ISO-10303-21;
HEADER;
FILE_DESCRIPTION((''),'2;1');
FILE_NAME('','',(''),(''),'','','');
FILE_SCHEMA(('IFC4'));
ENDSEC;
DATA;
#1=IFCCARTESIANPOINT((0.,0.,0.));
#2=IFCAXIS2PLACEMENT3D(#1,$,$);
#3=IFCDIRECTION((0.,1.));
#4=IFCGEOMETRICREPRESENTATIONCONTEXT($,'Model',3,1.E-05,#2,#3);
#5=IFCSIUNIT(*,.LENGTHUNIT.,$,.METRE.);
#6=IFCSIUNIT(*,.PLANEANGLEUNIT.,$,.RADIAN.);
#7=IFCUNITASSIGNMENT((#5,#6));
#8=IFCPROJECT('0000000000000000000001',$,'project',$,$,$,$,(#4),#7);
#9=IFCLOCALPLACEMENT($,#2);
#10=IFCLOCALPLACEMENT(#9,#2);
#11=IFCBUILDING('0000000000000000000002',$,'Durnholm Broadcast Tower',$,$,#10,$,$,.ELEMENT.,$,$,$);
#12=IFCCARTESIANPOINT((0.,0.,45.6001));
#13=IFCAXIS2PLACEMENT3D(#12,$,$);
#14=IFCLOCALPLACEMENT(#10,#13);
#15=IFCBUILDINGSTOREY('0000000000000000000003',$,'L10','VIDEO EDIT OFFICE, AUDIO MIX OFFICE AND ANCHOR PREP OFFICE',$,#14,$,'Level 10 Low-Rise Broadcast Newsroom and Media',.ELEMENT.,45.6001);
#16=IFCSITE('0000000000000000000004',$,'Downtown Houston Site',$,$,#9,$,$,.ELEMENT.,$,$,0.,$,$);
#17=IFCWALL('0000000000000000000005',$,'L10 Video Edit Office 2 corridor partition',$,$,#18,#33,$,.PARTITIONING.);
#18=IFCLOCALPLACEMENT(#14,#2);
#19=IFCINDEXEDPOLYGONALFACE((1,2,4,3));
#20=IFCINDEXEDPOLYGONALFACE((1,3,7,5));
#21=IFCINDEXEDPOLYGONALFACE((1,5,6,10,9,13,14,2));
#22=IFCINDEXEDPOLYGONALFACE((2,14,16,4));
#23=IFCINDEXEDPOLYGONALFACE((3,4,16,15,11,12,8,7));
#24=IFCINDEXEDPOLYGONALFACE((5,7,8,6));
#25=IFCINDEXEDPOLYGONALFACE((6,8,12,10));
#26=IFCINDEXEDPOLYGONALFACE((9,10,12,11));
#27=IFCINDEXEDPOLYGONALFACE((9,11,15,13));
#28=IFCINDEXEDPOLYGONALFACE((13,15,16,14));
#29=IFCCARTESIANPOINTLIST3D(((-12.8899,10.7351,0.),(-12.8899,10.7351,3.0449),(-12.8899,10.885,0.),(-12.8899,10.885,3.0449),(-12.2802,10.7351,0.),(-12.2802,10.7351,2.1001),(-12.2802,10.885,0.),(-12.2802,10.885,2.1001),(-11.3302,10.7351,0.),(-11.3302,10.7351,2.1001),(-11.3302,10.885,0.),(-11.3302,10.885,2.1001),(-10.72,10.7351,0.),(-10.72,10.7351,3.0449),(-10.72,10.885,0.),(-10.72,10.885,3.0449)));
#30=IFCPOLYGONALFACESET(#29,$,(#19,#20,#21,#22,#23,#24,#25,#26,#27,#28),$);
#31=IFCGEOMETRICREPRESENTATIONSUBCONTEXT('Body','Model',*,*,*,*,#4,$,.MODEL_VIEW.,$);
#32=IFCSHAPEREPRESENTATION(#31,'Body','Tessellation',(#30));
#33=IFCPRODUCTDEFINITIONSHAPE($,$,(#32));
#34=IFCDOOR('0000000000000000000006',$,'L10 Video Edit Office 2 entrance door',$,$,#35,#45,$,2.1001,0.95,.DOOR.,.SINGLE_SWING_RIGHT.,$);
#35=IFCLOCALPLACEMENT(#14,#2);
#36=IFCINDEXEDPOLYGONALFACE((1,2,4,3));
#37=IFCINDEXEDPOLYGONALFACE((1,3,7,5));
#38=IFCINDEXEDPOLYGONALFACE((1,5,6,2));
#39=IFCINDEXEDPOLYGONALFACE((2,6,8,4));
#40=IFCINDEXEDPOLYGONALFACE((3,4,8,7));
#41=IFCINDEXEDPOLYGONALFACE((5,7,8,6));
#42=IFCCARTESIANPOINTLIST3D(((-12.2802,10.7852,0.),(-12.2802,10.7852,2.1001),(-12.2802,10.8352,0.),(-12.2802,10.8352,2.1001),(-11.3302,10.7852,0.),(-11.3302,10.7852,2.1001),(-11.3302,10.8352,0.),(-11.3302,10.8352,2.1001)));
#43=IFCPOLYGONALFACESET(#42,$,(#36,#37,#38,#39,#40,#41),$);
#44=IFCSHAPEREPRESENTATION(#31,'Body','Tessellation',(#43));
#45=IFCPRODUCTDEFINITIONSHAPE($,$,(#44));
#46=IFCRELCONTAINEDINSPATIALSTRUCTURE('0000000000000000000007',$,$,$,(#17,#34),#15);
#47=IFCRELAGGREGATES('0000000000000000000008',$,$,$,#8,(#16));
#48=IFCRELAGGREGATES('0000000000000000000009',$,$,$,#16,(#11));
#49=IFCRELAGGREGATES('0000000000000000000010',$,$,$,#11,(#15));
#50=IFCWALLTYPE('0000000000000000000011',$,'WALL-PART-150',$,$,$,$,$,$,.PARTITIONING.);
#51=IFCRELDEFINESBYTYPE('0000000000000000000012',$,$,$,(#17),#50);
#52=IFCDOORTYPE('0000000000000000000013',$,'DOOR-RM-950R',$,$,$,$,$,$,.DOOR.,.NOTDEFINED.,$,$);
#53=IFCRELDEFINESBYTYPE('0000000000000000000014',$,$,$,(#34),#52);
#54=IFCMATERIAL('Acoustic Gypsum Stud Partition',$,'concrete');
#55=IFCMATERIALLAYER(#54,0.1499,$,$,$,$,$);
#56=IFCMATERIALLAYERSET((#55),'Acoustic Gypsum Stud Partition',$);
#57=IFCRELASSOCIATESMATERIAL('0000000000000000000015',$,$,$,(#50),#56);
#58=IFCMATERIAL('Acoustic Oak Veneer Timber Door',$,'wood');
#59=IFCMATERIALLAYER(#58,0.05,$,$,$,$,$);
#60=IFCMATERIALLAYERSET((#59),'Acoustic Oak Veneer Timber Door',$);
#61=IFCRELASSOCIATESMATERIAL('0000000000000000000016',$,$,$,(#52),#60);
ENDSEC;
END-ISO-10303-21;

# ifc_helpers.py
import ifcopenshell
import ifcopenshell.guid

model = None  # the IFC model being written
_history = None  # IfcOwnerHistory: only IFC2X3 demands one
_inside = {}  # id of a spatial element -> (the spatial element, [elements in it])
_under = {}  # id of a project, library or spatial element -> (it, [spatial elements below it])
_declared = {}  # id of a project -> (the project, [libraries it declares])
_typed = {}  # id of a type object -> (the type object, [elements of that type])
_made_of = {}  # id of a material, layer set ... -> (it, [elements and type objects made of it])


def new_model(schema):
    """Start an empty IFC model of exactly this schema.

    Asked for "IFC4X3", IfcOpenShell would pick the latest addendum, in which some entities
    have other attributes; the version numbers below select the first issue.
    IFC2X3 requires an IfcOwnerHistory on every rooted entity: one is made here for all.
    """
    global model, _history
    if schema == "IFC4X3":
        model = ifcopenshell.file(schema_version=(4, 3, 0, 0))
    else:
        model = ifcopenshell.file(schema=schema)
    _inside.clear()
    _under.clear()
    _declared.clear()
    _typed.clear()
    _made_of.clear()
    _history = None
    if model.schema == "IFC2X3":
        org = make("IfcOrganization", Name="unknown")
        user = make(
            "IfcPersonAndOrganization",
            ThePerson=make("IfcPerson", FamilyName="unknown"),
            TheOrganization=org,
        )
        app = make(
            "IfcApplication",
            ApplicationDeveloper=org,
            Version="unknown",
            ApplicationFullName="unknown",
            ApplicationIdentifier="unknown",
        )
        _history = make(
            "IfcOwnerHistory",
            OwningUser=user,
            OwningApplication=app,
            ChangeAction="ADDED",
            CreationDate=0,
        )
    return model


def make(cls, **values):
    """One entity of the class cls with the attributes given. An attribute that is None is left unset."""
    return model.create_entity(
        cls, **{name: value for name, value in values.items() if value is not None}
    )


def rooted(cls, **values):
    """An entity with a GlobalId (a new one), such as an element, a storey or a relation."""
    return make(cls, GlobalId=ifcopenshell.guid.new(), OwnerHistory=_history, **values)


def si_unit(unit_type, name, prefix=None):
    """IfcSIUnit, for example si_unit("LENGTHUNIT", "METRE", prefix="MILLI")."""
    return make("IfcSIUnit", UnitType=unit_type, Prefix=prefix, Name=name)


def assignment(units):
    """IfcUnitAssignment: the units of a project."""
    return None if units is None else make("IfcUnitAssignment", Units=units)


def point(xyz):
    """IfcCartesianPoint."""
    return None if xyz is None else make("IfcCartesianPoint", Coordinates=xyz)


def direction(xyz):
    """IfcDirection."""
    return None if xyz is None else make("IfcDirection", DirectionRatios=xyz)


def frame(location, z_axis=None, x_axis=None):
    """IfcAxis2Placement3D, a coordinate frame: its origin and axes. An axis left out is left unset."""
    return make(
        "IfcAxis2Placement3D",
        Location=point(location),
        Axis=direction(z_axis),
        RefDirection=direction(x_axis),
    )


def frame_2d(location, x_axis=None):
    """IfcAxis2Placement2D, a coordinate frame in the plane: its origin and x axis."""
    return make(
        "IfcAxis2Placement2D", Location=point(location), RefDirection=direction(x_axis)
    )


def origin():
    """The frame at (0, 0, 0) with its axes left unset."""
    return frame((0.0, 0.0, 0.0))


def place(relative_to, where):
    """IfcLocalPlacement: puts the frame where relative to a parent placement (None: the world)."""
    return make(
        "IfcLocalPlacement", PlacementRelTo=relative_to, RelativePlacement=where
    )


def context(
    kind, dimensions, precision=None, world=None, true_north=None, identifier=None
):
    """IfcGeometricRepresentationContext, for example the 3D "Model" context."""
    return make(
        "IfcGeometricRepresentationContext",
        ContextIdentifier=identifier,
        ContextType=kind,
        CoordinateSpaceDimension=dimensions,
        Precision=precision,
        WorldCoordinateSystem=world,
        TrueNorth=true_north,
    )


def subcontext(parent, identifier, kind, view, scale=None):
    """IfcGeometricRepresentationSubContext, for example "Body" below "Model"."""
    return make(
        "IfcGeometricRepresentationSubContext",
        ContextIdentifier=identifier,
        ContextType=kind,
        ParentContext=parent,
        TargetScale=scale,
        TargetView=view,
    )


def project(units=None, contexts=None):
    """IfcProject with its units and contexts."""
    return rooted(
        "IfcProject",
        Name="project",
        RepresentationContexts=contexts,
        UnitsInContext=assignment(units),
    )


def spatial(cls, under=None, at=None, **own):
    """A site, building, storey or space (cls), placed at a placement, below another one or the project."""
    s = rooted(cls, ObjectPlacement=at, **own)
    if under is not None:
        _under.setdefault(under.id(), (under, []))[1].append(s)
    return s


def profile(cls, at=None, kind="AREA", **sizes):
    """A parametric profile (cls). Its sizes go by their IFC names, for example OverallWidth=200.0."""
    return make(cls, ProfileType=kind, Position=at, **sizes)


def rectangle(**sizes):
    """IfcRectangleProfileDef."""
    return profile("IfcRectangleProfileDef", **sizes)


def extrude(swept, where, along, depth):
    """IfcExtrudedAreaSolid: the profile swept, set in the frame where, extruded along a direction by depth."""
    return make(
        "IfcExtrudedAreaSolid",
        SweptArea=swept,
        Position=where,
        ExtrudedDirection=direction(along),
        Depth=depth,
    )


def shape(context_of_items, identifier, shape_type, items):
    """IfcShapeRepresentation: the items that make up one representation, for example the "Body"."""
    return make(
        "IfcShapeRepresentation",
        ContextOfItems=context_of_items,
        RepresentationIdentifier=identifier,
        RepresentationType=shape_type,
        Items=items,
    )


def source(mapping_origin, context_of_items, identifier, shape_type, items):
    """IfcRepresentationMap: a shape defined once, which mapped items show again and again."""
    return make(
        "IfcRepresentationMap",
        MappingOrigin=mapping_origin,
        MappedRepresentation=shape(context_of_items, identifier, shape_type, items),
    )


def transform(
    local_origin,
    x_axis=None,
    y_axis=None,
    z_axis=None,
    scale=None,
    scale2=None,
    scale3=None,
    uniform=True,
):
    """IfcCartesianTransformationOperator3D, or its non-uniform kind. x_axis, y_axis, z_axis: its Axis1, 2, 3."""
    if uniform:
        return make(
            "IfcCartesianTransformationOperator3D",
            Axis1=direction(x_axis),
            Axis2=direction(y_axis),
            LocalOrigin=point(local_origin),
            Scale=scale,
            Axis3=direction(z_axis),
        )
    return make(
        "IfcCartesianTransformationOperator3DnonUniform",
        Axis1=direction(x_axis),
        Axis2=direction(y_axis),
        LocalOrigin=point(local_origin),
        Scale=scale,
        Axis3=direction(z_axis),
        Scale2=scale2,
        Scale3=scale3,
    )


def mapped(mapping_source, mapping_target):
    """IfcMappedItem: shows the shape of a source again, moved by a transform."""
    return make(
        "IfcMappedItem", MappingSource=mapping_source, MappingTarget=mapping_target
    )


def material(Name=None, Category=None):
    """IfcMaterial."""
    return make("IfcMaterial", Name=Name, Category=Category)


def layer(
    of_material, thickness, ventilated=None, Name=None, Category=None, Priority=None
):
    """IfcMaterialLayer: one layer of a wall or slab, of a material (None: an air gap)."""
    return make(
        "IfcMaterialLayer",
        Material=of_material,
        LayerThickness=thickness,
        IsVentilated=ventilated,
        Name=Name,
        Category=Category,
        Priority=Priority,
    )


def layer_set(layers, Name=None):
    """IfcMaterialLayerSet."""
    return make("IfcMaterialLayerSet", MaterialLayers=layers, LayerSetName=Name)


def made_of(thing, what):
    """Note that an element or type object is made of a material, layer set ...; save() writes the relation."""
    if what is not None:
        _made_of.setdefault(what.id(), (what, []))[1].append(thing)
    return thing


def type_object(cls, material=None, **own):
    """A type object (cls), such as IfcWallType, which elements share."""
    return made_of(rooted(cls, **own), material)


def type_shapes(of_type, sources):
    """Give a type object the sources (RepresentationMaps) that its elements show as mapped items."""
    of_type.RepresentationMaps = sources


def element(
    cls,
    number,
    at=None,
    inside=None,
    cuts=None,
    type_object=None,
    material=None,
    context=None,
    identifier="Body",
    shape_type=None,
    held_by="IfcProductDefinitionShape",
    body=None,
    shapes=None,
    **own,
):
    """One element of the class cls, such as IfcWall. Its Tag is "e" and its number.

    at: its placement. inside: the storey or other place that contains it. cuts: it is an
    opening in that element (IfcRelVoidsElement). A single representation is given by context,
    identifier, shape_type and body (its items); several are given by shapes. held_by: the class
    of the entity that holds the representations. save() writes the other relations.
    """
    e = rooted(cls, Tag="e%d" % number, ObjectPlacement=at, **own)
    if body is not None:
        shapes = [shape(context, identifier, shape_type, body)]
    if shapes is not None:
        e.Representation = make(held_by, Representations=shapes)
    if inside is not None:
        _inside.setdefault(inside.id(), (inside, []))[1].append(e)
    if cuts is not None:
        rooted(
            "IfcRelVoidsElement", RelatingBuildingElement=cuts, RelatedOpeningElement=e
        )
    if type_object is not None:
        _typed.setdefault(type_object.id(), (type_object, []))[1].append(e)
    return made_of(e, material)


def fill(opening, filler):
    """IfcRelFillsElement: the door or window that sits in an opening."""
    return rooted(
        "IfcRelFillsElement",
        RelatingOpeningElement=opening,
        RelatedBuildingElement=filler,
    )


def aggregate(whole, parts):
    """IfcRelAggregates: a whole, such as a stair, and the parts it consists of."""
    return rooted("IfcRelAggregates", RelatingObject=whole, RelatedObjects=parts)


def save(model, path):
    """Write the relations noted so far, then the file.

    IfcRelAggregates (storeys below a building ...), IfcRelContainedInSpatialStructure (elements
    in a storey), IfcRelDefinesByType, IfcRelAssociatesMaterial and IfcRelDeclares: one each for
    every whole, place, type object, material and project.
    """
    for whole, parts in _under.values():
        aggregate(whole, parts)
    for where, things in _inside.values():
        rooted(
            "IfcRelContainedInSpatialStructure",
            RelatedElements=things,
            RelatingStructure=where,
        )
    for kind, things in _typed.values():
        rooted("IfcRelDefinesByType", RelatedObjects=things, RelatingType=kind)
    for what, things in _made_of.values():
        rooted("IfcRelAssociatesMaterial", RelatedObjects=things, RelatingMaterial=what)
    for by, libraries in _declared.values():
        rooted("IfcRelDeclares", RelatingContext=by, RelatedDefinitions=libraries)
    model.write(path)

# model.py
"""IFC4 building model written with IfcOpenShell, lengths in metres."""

from ifc_helpers import new_model, si_unit, direction, frame, frame_2d, origin, place, context, subcontext, project, spatial, rectangle, extrude, source, transform, mapped, material, layer, layer_set, type_object, type_shapes, element, fill, save


model = new_model("IFC4")

# Units and contexts
model_context = context("Model", 3, precision=1e-05, world=origin(), true_north=direction((0.0, 1.0)))
body_context = subcontext(model_context, "Body", "Model", "MODEL_VIEW")
ifc_project = project(units=[si_unit("LENGTHUNIT", "METRE"), si_unit("PLANEANGLEUNIT", "RADIAN")], contexts=[model_context])

# Site, building, storey
site_placement = place(None, origin())
site = spatial("IfcSite", under=ifc_project, at=site_placement, Name="Downtown Houston Site", CompositionType="ELEMENT", RefElevation=0.0)
building_placement = place(site_placement, origin())
building = spatial("IfcBuilding", under=site, at=building_placement, Name="Durnholm Broadcast Tower", CompositionType="ELEMENT")
storey_placement = place(building_placement, frame((0.0, 0.0, 45.6001)))
storey = spatial("IfcBuildingStorey", under=building, at=storey_placement, Name="L10", Description="VIDEO EDIT OFFICE, AUDIO MIX OFFICE AND ANCHOR PREP OFFICE", LongName="Level 10 Low-Rise Broadcast Newsroom and Media", CompositionType="ELEMENT", Elevation=45.6001)

# Wall, opening, door
ifc_material_1 = material(Name="Acoustic Gypsum Stud Partition", Category="concrete")
ifc_layer_1 = layer(ifc_material_1, 0.1499)
ifc_layer_set_1 = layer_set([ifc_layer_1], Name="Acoustic Gypsum Stud Partition")
wall_type_1 = type_object("IfcWallType", Name="WALL-PART-150", PredefinedType="PARTITIONING", material=ifc_layer_set_1)
wall_1_placement = place(storey_placement, frame((-10.72, 10.8101, 0.0), z_axis=(0.0, 0.0, 1.0), x_axis=(-1.0, 0.0, 0.0)))
wall_1 = element("IfcWall", 1, at=wall_1_placement, inside=storey, type_object=wall_type_1, Name="L10 Video Edit Office 2 corridor partition", PredefinedType="PARTITIONING", context=body_context, shape_type="SweptSolid", body=[
    extrude(rectangle(XDim=2.1699, YDim=0.1499, at=frame_2d((1.085, 0.0))), origin(), (0.0, 0.0, 1.0), 3.0449),
])
opening_1_placement = place(wall_1_placement, frame((0.6101, 0.0, 0.0)))
opening_1 = element("IfcOpeningElement", 2, at=opening_1_placement, cuts=wall_1, PredefinedType="OPENING", context=body_context, shape_type="SweptSolid", body=[
    extrude(rectangle(XDim=0.95, YDim=2.1001, at=frame_2d((0.4751, 1.05))), frame((0.0, 0.085, 0.0), z_axis=(0.0, -1.0, 0.0), x_axis=(1.0, 0.0, 0.0)), (0.0, 0.0, 1.0), 0.1699),
])
ifc_material_2 = material(Name="Acoustic Oak Veneer Timber Door", Category="wood")
ifc_layer_2 = layer(ifc_material_2, 0.05)
ifc_layer_set_2 = layer_set([ifc_layer_2], Name="Acoustic Oak Veneer Timber Door")
door_type_1 = type_object("IfcDoorType", Name="DOOR-RM-950R", OperationType="NOTDEFINED", PredefinedType="DOOR", material=ifc_layer_set_2)
shared_shape_1 = source(origin(), body_context, "Body", "SweptSolid", [
    extrude(rectangle(XDim=0.95, YDim=2.1001, at=frame_2d((0.4751, 1.05))), frame((0.0, 0.0249, 0.0), z_axis=(0.0, -1.0, 0.0), x_axis=(1.0, 0.0, 0.0)), (0.0, 0.0, 1.0), 0.05),
])
type_shapes(door_type_1, [shared_shape_1])
door_1_placement = place(opening_1_placement, origin())
door_1 = element("IfcDoor", 3, at=door_1_placement, inside=storey, type_object=door_type_1, Name="L10 Video Edit Office 2 entrance door", OperationType="SINGLE_SWING_RIGHT", OverallHeight=2.1001, OverallWidth=0.95, PredefinedType="DOOR", context=body_context, shape_type="MappedRepresentation", body=[
    mapped(shared_shape_1, transform((0.0, 0.0, 0.0), x_axis=(1.0, 0.0, 0.0), y_axis=(0.0, 1.0, 0.0), z_axis=(0.0, 0.0, 1.0), scale=1.0)),
])
fill(opening_1, door_1)

save(model, "model.ifc")
